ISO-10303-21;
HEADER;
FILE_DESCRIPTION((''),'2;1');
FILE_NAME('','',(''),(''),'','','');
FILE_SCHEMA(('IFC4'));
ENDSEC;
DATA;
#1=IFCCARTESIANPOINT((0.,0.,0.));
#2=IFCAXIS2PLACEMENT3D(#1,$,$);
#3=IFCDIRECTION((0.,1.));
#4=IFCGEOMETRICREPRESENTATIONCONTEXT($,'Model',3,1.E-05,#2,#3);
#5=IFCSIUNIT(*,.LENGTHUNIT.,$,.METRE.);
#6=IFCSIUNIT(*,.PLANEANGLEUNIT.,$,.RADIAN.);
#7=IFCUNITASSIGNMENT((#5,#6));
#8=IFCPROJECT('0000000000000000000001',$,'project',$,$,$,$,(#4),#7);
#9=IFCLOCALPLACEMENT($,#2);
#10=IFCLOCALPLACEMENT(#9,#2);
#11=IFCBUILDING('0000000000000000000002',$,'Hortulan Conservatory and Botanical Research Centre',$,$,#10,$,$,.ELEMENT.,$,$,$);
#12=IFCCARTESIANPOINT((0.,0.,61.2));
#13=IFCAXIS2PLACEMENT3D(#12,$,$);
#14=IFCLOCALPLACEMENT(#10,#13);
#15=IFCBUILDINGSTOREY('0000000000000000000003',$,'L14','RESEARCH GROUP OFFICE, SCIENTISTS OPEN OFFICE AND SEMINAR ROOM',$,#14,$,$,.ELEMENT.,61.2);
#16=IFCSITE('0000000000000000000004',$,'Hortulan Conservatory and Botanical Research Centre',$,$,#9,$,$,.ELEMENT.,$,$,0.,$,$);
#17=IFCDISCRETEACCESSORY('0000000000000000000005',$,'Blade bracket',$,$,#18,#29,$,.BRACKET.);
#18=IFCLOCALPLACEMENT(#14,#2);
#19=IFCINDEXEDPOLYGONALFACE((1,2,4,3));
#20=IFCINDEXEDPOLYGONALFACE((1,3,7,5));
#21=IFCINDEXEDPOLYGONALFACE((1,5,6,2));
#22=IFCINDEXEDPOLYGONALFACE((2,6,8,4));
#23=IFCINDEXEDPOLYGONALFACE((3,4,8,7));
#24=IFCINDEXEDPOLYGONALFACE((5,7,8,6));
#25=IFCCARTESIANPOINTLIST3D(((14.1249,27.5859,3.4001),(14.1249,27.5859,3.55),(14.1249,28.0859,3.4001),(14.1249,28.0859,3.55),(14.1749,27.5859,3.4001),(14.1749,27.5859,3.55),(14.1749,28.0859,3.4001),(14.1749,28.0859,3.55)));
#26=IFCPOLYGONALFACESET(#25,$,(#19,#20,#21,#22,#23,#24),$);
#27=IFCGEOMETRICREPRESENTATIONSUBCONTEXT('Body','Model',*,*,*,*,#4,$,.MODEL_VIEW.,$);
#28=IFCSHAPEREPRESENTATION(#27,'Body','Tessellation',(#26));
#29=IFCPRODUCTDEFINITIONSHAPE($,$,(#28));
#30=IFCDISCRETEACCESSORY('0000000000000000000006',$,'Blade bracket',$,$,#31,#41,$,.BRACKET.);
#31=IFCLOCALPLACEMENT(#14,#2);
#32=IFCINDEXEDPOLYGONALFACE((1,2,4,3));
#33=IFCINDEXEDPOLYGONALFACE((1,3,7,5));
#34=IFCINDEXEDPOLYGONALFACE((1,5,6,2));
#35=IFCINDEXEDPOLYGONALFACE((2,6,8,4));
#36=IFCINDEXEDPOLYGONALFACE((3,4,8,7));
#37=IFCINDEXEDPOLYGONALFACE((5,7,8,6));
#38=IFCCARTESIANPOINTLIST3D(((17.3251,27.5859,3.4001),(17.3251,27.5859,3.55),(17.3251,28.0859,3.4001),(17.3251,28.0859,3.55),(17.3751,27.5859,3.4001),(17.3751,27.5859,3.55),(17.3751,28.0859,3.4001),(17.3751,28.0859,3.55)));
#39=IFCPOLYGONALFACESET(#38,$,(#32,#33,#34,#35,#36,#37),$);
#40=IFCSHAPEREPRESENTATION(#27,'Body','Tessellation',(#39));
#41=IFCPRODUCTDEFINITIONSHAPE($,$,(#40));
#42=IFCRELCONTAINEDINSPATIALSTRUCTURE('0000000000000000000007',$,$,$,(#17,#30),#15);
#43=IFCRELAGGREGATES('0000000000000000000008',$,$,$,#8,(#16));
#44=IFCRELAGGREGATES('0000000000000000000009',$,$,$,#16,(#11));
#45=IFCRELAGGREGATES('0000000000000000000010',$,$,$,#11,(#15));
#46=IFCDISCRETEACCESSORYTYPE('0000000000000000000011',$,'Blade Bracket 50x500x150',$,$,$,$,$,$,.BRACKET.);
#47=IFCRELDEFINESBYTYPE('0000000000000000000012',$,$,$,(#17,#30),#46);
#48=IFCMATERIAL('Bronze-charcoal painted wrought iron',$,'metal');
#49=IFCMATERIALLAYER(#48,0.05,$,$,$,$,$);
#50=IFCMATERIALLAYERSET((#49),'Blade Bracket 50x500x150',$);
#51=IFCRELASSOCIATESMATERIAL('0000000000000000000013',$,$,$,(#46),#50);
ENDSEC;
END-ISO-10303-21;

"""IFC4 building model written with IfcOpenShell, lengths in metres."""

from ifc_helpers import new_model, si_unit, direction, frame, origin, origin_2d, place, context, subcontext, project, spatial, rectangle, extrude, material, layer, layer_set, type_object, element, save


model = new_model("IFC4")

# Units and contexts
model_context = context("Model", 3, precision=1e-05, world=origin(), true_north=direction((0.0, 1.0)))
body_context = subcontext(model_context, "Body", "Model", "MODEL_VIEW")
ifc_project = project(units=[si_unit("LENGTHUNIT", "METRE"), si_unit("PLANEANGLEUNIT", "RADIAN")], contexts=[model_context])

# Site, building, storey
site_placement = place(None, origin())
site = spatial("IfcSite", under=ifc_project, at=site_placement, Name="Hortulan Conservatory and Botanical Research Centre", CompositionType="ELEMENT", RefElevation=0.0)
building_placement = place(site_placement, origin())
building = spatial("IfcBuilding", under=site, at=building_placement, Name="Hortulan Conservatory and Botanical Research Centre", CompositionType="ELEMENT")
storey_placement = place(building_placement, frame((0.0, 0.0, 61.2)))
storey = spatial("IfcBuildingStorey", under=building, at=storey_placement, Name="L14", Description="RESEARCH GROUP OFFICE, SCIENTISTS OPEN OFFICE AND SEMINAR ROOM", CompositionType="ELEMENT", Elevation=61.2)

# Discrete accessories
ifc_material_1 = material(Name="Bronze-charcoal painted wrought iron", Category="metal")
ifc_layer_1 = layer(ifc_material_1, 0.05)
ifc_layer_set_1 = layer_set([ifc_layer_1], Name="Blade Bracket 50x500x150")
discrete_accessory_type = type_object("IfcDiscreteAccessoryType", Name="Blade Bracket 50x500x150", PredefinedType="BRACKET", material=ifc_layer_set_1)
for number, where, z_axis, x_axis, name in (
    (1, (14.1499, 27.8359, 3.4001), (0.0, 0.0, 1.0), (1.0, 0.0, 0.0), "Blade bracket"),
    (2, (17.3501, 27.8359, 3.4001), (0.0, 0.0, 1.0), (1.0, 0.0, 0.0), "Blade bracket"),
):
    element("IfcDiscreteAccessory", number, at=place(storey_placement, frame(where, z_axis=z_axis, x_axis=x_axis)), inside=storey, type_object=discrete_accessory_type, Name=name, PredefinedType="BRACKET", context=body_context, shape_type="SweptSolid", body=[
        extrude(rectangle(XDim=0.05, YDim=0.5, at=origin_2d()), origin(), (0.0, 0.0, 1.0), 0.1499),
    ])

save(model, "model.ifc")
